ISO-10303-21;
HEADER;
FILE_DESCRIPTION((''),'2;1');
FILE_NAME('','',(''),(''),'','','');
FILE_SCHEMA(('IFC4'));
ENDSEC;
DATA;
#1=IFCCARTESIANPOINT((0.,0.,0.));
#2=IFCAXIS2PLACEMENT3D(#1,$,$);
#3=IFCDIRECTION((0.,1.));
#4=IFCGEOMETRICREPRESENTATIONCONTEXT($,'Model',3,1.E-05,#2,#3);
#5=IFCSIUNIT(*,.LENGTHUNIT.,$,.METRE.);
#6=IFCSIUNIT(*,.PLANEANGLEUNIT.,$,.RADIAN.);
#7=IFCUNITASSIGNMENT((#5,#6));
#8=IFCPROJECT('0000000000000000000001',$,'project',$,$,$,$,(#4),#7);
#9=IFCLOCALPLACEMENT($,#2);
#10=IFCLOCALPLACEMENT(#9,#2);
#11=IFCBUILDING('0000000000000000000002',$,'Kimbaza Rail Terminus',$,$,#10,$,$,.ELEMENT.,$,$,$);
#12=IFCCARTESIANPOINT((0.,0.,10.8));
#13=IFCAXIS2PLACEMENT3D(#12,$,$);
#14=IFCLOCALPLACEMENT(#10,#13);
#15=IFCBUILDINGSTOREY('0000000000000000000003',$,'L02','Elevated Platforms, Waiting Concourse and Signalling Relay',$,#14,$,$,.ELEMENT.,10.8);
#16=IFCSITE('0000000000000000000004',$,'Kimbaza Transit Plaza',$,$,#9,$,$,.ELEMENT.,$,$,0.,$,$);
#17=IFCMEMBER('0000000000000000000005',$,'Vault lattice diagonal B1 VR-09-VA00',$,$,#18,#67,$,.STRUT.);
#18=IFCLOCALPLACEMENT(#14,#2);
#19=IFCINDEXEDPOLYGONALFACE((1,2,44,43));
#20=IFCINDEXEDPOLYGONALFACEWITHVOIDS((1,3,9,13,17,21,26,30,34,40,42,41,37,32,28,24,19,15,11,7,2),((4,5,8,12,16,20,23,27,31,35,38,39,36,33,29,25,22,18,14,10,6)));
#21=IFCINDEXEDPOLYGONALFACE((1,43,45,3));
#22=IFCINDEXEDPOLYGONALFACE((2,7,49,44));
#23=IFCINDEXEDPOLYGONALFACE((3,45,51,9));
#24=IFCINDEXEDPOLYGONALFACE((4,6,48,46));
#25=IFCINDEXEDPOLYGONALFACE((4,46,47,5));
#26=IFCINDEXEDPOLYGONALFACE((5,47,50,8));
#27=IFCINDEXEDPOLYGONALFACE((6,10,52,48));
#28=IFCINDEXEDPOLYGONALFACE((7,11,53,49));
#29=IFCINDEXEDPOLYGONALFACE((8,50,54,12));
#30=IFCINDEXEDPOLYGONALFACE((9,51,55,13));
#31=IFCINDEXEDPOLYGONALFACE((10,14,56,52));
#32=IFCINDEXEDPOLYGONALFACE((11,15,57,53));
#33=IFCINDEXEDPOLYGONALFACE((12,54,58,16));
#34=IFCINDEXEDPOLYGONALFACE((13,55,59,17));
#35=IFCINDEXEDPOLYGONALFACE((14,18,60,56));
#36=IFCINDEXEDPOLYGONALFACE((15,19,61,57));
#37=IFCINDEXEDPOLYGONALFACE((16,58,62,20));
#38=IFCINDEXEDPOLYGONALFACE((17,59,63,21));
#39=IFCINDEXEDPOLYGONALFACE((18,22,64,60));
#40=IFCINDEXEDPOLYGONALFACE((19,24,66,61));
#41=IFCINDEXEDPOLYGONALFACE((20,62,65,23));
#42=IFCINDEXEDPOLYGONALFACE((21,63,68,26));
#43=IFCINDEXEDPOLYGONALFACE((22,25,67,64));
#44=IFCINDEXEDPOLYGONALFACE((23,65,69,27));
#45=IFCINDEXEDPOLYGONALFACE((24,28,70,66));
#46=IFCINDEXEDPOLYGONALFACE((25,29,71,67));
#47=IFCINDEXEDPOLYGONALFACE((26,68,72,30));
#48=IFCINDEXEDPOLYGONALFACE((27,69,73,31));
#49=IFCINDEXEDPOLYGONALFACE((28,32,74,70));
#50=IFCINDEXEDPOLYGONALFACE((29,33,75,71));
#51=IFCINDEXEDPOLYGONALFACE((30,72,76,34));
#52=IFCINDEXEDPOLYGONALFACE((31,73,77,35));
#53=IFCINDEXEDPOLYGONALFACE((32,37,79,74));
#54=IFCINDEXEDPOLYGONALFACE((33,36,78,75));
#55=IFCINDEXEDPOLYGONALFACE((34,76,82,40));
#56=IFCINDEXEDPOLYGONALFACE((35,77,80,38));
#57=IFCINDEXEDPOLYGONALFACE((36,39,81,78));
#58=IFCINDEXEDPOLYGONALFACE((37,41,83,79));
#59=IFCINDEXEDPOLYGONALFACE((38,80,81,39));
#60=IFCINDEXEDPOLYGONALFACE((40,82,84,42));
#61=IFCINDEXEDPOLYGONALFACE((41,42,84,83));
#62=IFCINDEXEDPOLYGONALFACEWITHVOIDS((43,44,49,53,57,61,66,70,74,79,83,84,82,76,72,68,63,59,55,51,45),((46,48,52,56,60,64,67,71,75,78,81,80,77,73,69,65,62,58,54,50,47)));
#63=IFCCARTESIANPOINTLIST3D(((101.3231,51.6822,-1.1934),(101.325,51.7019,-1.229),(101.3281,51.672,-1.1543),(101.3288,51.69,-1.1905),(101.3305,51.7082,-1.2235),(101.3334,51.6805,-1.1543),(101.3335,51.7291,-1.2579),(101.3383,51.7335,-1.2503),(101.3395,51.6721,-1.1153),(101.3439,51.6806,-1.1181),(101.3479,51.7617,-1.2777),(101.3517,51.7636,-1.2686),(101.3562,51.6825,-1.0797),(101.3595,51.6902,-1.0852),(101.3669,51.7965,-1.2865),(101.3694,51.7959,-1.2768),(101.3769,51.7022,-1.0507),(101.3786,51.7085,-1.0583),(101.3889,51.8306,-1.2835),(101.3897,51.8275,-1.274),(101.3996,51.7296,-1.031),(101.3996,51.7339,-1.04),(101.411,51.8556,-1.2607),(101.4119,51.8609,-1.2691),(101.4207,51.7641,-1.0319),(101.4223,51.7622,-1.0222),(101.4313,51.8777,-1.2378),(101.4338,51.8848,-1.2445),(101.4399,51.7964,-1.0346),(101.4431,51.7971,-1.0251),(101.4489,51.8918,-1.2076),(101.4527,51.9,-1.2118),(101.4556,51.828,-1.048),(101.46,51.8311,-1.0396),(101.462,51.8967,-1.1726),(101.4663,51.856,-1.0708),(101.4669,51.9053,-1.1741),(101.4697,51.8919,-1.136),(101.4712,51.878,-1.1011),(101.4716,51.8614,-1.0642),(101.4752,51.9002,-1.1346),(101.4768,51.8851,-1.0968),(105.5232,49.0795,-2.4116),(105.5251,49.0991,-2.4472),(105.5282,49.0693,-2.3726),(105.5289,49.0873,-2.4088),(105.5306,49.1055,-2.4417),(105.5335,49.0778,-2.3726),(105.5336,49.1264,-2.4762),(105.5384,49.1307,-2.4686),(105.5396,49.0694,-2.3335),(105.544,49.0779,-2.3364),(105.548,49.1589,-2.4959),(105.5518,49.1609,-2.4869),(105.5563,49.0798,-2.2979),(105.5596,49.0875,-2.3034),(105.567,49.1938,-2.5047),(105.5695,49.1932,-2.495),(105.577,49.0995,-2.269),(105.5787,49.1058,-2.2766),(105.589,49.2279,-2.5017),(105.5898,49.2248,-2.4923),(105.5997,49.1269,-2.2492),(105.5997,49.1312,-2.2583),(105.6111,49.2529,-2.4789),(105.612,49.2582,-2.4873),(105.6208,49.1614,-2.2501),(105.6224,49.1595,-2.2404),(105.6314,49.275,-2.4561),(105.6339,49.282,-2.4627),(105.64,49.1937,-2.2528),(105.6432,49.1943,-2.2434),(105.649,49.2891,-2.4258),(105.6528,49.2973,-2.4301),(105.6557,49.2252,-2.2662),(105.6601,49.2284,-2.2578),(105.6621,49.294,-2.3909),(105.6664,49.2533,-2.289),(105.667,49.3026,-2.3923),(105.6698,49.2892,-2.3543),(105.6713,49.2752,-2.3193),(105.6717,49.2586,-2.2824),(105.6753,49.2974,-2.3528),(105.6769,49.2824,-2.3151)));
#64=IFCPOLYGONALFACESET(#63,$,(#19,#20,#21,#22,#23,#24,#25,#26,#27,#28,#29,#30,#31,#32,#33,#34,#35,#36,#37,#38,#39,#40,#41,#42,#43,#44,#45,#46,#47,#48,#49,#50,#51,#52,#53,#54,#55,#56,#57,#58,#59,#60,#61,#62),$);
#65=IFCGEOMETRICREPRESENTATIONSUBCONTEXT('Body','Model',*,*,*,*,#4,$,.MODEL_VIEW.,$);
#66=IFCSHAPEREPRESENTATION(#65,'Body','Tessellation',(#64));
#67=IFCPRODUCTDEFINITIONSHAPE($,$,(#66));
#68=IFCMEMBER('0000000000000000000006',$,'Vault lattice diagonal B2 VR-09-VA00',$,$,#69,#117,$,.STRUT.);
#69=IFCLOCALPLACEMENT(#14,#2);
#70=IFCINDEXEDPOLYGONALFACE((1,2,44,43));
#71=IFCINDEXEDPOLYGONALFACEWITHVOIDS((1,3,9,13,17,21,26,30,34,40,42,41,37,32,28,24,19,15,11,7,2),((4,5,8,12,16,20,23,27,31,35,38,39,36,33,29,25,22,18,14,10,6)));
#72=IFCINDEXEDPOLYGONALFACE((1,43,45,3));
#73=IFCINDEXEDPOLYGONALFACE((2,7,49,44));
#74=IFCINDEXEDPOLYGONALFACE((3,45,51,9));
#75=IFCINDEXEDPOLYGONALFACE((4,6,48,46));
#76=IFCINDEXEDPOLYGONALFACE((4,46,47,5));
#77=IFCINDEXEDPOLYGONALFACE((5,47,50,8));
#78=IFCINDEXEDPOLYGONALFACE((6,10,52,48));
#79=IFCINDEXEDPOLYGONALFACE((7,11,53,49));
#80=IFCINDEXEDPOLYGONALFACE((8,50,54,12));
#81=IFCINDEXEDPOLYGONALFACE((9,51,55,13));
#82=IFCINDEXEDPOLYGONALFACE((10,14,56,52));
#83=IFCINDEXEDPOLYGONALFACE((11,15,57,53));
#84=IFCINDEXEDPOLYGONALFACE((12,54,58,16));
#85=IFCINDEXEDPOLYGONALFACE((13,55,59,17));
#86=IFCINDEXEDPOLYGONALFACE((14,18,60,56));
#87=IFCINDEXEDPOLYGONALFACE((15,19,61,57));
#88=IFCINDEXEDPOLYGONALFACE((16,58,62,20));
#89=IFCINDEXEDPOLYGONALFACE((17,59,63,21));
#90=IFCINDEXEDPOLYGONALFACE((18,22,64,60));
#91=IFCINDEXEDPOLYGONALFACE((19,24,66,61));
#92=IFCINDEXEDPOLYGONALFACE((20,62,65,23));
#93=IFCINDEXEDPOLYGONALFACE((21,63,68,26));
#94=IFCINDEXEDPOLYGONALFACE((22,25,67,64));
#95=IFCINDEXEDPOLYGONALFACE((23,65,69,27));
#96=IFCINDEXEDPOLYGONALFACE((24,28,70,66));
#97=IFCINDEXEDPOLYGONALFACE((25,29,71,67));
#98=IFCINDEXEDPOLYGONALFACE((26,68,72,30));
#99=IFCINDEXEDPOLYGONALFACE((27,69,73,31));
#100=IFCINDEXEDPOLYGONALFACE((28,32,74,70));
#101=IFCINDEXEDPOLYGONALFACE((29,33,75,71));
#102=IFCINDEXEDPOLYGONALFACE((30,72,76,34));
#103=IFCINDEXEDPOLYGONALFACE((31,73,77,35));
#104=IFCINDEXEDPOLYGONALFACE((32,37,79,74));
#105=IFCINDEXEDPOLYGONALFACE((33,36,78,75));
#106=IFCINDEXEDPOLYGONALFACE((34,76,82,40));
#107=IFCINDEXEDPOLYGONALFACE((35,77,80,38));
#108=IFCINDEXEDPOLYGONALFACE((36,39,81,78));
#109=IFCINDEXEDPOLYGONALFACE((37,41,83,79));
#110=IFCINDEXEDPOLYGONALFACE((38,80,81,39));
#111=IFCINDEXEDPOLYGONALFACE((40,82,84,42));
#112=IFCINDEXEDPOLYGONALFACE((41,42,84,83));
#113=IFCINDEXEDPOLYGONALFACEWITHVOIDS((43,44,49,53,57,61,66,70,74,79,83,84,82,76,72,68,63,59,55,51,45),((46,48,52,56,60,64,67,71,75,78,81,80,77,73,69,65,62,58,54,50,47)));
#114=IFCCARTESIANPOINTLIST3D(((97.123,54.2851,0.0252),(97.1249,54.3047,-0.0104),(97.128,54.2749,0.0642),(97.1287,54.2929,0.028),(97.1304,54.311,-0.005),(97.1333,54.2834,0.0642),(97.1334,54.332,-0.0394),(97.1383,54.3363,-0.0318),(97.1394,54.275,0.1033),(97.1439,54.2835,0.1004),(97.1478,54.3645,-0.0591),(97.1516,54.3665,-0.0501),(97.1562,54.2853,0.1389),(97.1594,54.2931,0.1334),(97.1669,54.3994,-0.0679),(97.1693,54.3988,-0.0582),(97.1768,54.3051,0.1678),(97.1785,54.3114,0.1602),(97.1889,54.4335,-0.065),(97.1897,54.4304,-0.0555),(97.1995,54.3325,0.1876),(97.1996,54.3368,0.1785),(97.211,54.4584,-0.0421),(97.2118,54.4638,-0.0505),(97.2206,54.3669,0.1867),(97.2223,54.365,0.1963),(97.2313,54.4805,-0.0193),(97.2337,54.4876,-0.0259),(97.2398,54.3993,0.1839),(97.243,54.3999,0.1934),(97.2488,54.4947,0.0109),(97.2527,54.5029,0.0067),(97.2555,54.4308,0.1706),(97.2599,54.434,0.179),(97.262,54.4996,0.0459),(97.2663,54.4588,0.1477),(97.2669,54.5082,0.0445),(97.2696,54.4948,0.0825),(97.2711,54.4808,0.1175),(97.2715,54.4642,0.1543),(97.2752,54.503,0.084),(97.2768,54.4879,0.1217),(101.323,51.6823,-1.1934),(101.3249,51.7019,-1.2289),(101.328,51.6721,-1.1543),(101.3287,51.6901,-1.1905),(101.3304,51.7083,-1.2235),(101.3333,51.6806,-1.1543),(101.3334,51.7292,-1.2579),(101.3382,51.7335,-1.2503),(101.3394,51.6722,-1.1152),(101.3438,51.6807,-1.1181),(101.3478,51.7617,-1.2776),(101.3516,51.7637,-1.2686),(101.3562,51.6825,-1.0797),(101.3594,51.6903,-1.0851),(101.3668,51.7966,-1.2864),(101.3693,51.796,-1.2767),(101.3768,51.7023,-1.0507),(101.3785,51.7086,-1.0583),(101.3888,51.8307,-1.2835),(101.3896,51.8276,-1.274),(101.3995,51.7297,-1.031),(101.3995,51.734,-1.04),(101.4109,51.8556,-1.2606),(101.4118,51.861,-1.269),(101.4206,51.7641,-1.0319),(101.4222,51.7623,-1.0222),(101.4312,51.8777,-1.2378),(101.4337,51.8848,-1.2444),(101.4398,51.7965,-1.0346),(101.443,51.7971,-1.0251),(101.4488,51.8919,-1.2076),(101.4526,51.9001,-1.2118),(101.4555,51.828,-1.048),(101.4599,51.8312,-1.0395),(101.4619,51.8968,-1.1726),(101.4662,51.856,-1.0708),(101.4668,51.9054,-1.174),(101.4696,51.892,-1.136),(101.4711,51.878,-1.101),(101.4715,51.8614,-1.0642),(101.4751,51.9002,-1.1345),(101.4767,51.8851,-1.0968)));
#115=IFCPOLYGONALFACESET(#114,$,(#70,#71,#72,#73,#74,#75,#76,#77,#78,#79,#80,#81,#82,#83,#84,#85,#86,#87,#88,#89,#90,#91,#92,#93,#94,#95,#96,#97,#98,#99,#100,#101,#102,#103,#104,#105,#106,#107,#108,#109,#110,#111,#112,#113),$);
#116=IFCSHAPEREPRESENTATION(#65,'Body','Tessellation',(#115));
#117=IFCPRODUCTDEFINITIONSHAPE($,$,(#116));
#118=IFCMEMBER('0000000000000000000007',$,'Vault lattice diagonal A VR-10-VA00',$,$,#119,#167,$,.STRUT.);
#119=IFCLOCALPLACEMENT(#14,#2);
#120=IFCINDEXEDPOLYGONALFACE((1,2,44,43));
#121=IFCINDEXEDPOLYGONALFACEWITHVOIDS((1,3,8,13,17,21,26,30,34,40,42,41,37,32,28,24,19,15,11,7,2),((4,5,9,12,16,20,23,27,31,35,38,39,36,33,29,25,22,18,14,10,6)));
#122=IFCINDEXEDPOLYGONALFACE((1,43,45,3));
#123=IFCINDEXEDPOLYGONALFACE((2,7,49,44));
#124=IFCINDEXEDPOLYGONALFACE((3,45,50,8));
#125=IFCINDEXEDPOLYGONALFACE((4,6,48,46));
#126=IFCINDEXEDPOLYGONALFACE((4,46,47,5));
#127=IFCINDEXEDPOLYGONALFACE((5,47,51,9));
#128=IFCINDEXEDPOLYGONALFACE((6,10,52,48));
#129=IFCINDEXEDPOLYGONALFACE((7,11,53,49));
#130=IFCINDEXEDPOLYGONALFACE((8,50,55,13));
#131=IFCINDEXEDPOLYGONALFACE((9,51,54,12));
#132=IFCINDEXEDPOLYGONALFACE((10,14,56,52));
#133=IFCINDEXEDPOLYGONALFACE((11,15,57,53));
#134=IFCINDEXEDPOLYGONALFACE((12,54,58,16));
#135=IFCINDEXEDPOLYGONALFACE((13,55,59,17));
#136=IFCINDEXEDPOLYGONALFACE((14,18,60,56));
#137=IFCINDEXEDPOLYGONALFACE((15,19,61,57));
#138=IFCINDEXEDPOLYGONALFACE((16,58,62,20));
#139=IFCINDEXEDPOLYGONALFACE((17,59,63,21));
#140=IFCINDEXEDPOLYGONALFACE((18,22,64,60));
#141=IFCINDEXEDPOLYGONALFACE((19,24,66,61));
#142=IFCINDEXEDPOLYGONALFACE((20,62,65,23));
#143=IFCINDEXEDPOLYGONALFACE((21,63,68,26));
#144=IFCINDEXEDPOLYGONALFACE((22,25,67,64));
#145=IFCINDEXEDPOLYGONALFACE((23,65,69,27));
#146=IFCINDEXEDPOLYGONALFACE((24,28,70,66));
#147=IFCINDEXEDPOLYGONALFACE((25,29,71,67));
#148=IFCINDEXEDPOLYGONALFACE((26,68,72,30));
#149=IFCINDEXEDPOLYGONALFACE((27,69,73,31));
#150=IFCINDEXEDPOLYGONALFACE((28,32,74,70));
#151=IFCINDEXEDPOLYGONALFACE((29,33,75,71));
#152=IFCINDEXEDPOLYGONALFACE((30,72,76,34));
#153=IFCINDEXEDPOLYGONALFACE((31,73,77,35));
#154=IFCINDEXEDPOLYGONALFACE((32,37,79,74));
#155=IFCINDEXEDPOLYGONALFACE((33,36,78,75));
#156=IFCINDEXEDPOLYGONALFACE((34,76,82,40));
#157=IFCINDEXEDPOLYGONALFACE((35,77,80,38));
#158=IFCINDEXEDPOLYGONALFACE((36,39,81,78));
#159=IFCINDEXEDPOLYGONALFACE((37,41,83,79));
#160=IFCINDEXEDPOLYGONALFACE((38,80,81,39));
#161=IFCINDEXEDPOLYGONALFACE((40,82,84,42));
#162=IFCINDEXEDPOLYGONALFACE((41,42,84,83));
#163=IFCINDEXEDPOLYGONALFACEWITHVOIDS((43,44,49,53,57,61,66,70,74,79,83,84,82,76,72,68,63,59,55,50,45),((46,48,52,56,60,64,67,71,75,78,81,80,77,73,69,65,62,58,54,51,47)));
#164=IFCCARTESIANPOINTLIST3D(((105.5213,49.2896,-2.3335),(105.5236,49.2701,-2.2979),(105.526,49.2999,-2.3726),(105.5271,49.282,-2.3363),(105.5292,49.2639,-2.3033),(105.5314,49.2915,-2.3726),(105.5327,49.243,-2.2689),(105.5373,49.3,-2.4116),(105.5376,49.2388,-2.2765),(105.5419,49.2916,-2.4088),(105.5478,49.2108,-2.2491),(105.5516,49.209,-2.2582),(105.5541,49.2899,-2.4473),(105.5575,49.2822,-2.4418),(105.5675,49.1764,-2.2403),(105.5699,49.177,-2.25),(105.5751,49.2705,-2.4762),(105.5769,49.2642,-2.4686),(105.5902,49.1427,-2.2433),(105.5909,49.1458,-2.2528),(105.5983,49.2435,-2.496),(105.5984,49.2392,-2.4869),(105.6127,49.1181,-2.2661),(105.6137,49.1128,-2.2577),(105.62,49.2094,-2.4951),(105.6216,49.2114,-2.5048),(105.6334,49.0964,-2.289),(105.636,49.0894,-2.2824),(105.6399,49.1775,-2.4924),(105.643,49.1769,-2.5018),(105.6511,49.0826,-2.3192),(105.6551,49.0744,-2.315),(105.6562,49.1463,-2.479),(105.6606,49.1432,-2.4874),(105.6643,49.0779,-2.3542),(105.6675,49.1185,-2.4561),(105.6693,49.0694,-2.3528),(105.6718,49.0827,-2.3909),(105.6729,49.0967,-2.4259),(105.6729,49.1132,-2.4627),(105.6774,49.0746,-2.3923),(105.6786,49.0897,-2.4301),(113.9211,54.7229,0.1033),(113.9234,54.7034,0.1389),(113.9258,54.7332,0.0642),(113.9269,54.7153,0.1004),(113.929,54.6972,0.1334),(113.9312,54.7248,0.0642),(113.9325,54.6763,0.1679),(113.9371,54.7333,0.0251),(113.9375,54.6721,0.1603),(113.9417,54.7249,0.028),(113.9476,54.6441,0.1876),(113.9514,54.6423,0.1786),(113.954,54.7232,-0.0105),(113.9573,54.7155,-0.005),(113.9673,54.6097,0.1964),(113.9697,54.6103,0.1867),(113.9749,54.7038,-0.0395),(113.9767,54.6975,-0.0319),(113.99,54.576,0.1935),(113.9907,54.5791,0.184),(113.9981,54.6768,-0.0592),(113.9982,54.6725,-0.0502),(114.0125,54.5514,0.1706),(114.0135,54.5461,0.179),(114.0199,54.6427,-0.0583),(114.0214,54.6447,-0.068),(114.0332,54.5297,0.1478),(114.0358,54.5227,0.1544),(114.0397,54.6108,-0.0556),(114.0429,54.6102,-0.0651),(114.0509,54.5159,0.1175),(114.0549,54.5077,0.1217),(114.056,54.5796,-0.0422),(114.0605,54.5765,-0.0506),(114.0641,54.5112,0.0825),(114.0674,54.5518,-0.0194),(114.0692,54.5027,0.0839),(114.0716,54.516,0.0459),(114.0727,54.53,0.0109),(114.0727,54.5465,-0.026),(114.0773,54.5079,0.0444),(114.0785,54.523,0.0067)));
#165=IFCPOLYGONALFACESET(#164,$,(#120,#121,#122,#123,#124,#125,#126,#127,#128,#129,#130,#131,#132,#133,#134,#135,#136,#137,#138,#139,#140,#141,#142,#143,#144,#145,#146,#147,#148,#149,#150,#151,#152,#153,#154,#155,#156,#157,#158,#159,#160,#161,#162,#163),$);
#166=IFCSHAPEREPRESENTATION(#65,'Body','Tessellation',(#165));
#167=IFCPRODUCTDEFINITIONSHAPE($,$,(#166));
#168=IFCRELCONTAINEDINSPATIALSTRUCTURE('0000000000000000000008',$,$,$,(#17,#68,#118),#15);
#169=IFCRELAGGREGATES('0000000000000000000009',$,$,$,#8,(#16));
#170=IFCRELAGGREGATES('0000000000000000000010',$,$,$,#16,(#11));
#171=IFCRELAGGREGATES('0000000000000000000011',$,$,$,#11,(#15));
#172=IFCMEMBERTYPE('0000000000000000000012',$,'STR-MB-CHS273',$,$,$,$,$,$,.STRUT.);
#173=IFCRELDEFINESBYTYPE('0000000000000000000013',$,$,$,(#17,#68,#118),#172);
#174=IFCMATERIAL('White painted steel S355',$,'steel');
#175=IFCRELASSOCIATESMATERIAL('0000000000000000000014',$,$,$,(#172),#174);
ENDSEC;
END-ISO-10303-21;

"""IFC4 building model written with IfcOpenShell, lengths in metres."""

from ifc_helpers import new_model, si_unit, direction, frame, origin, origin_2d, place, context, subcontext, project, spatial, hollow_circle, extrude, material, material_profile, profile_set, type_object, element, save


model = new_model("IFC4")

# Units and contexts
model_context = context("Model", 3, precision=1e-05, world=origin(), true_north=direction((0.0, 1.0)))
body_context = subcontext(model_context, "Body", "Model", "MODEL_VIEW")
ifc_project = project(units=[si_unit("LENGTHUNIT", "METRE"), si_unit("PLANEANGLEUNIT", "RADIAN")], contexts=[model_context])

# Site, building, storey
site_placement = place(None, origin())
site = spatial("IfcSite", under=ifc_project, at=site_placement, Name="Kimbaza Transit Plaza", CompositionType="ELEMENT", RefElevation=0.0)
building_placement = place(site_placement, origin())
building = spatial("IfcBuilding", under=site, at=building_placement, Name="Kimbaza Rail Terminus", CompositionType="ELEMENT")
storey_placement = place(building_placement, frame((0.0, 0.0, 10.8)))
storey = spatial("IfcBuildingStorey", under=building, at=storey_placement, Name="L02", Description="Elevated Platforms, Waiting Concourse and Signalling Relay", CompositionType="ELEMENT", Elevation=10.8)

# Members
ifc_material_1 = material(Name="White painted steel S355", Category="steel")
ifc_material_profile_1 = material_profile(ifc_material_1, hollow_circle(Radius=0.1365, WallThickness=0.01, at=origin_2d()), Name="CHS 273x10")
ifc_profile_set_1 = profile_set([ifc_material_profile_1], Name="White painted steel S355")
member_type_1 = type_object("IfcMemberType", Name="STR-MB-CHS273", PredefinedType="STRUT", material=ifc_profile_set_1)
for number, where, z_axis, x_axis, name in (
    (1, (105.6001, 49.1853, -2.3726), (-0.82531, 0.511429, 0.23938), (-0.526744, -0.850024, 0.0), "Vault lattice diagonal B1 VR-09-VA00"),
    (2, (101.3999, 51.7881, -1.1543), (-0.825285, 0.511444, 0.239435), (-0.526766, -0.85001, 0.0), "Vault lattice diagonal B2 VR-09-VA00"),
):
    element("IfcMember", number, at=place(storey_placement, frame(where, z_axis=z_axis, x_axis=x_axis)), inside=storey, type_object=member_type_1, Name=name, PredefinedType="STRUT", context=body_context, shape_type="SweptSolid", body=[
        extrude(hollow_circle(Radius=0.1365, WallThickness=0.01, at=origin_2d()), origin(), (0.0, 0.0, 1.0), 5.0891),
    ])
member_1_placement = place(storey_placement, frame((105.6001, 49.1853, -2.3726), z_axis=(0.815803, 0.52769, 0.23666), x_axis=(-0.543119, 0.839656, 0.0)))
element("IfcMember", 3, at=member_1_placement, inside=storey, type_object=member_type_1, Name="Vault lattice diagonal A VR-10-VA00", PredefinedType="STRUT", context=body_context, shape_type="SweptSolid", body=[
    extrude(hollow_circle(Radius=0.1365, WallThickness=0.01, at=origin_2d()), origin(), (0.0, 0.0, 1.0), 10.2964),
])

save(model, "model.ifc")
